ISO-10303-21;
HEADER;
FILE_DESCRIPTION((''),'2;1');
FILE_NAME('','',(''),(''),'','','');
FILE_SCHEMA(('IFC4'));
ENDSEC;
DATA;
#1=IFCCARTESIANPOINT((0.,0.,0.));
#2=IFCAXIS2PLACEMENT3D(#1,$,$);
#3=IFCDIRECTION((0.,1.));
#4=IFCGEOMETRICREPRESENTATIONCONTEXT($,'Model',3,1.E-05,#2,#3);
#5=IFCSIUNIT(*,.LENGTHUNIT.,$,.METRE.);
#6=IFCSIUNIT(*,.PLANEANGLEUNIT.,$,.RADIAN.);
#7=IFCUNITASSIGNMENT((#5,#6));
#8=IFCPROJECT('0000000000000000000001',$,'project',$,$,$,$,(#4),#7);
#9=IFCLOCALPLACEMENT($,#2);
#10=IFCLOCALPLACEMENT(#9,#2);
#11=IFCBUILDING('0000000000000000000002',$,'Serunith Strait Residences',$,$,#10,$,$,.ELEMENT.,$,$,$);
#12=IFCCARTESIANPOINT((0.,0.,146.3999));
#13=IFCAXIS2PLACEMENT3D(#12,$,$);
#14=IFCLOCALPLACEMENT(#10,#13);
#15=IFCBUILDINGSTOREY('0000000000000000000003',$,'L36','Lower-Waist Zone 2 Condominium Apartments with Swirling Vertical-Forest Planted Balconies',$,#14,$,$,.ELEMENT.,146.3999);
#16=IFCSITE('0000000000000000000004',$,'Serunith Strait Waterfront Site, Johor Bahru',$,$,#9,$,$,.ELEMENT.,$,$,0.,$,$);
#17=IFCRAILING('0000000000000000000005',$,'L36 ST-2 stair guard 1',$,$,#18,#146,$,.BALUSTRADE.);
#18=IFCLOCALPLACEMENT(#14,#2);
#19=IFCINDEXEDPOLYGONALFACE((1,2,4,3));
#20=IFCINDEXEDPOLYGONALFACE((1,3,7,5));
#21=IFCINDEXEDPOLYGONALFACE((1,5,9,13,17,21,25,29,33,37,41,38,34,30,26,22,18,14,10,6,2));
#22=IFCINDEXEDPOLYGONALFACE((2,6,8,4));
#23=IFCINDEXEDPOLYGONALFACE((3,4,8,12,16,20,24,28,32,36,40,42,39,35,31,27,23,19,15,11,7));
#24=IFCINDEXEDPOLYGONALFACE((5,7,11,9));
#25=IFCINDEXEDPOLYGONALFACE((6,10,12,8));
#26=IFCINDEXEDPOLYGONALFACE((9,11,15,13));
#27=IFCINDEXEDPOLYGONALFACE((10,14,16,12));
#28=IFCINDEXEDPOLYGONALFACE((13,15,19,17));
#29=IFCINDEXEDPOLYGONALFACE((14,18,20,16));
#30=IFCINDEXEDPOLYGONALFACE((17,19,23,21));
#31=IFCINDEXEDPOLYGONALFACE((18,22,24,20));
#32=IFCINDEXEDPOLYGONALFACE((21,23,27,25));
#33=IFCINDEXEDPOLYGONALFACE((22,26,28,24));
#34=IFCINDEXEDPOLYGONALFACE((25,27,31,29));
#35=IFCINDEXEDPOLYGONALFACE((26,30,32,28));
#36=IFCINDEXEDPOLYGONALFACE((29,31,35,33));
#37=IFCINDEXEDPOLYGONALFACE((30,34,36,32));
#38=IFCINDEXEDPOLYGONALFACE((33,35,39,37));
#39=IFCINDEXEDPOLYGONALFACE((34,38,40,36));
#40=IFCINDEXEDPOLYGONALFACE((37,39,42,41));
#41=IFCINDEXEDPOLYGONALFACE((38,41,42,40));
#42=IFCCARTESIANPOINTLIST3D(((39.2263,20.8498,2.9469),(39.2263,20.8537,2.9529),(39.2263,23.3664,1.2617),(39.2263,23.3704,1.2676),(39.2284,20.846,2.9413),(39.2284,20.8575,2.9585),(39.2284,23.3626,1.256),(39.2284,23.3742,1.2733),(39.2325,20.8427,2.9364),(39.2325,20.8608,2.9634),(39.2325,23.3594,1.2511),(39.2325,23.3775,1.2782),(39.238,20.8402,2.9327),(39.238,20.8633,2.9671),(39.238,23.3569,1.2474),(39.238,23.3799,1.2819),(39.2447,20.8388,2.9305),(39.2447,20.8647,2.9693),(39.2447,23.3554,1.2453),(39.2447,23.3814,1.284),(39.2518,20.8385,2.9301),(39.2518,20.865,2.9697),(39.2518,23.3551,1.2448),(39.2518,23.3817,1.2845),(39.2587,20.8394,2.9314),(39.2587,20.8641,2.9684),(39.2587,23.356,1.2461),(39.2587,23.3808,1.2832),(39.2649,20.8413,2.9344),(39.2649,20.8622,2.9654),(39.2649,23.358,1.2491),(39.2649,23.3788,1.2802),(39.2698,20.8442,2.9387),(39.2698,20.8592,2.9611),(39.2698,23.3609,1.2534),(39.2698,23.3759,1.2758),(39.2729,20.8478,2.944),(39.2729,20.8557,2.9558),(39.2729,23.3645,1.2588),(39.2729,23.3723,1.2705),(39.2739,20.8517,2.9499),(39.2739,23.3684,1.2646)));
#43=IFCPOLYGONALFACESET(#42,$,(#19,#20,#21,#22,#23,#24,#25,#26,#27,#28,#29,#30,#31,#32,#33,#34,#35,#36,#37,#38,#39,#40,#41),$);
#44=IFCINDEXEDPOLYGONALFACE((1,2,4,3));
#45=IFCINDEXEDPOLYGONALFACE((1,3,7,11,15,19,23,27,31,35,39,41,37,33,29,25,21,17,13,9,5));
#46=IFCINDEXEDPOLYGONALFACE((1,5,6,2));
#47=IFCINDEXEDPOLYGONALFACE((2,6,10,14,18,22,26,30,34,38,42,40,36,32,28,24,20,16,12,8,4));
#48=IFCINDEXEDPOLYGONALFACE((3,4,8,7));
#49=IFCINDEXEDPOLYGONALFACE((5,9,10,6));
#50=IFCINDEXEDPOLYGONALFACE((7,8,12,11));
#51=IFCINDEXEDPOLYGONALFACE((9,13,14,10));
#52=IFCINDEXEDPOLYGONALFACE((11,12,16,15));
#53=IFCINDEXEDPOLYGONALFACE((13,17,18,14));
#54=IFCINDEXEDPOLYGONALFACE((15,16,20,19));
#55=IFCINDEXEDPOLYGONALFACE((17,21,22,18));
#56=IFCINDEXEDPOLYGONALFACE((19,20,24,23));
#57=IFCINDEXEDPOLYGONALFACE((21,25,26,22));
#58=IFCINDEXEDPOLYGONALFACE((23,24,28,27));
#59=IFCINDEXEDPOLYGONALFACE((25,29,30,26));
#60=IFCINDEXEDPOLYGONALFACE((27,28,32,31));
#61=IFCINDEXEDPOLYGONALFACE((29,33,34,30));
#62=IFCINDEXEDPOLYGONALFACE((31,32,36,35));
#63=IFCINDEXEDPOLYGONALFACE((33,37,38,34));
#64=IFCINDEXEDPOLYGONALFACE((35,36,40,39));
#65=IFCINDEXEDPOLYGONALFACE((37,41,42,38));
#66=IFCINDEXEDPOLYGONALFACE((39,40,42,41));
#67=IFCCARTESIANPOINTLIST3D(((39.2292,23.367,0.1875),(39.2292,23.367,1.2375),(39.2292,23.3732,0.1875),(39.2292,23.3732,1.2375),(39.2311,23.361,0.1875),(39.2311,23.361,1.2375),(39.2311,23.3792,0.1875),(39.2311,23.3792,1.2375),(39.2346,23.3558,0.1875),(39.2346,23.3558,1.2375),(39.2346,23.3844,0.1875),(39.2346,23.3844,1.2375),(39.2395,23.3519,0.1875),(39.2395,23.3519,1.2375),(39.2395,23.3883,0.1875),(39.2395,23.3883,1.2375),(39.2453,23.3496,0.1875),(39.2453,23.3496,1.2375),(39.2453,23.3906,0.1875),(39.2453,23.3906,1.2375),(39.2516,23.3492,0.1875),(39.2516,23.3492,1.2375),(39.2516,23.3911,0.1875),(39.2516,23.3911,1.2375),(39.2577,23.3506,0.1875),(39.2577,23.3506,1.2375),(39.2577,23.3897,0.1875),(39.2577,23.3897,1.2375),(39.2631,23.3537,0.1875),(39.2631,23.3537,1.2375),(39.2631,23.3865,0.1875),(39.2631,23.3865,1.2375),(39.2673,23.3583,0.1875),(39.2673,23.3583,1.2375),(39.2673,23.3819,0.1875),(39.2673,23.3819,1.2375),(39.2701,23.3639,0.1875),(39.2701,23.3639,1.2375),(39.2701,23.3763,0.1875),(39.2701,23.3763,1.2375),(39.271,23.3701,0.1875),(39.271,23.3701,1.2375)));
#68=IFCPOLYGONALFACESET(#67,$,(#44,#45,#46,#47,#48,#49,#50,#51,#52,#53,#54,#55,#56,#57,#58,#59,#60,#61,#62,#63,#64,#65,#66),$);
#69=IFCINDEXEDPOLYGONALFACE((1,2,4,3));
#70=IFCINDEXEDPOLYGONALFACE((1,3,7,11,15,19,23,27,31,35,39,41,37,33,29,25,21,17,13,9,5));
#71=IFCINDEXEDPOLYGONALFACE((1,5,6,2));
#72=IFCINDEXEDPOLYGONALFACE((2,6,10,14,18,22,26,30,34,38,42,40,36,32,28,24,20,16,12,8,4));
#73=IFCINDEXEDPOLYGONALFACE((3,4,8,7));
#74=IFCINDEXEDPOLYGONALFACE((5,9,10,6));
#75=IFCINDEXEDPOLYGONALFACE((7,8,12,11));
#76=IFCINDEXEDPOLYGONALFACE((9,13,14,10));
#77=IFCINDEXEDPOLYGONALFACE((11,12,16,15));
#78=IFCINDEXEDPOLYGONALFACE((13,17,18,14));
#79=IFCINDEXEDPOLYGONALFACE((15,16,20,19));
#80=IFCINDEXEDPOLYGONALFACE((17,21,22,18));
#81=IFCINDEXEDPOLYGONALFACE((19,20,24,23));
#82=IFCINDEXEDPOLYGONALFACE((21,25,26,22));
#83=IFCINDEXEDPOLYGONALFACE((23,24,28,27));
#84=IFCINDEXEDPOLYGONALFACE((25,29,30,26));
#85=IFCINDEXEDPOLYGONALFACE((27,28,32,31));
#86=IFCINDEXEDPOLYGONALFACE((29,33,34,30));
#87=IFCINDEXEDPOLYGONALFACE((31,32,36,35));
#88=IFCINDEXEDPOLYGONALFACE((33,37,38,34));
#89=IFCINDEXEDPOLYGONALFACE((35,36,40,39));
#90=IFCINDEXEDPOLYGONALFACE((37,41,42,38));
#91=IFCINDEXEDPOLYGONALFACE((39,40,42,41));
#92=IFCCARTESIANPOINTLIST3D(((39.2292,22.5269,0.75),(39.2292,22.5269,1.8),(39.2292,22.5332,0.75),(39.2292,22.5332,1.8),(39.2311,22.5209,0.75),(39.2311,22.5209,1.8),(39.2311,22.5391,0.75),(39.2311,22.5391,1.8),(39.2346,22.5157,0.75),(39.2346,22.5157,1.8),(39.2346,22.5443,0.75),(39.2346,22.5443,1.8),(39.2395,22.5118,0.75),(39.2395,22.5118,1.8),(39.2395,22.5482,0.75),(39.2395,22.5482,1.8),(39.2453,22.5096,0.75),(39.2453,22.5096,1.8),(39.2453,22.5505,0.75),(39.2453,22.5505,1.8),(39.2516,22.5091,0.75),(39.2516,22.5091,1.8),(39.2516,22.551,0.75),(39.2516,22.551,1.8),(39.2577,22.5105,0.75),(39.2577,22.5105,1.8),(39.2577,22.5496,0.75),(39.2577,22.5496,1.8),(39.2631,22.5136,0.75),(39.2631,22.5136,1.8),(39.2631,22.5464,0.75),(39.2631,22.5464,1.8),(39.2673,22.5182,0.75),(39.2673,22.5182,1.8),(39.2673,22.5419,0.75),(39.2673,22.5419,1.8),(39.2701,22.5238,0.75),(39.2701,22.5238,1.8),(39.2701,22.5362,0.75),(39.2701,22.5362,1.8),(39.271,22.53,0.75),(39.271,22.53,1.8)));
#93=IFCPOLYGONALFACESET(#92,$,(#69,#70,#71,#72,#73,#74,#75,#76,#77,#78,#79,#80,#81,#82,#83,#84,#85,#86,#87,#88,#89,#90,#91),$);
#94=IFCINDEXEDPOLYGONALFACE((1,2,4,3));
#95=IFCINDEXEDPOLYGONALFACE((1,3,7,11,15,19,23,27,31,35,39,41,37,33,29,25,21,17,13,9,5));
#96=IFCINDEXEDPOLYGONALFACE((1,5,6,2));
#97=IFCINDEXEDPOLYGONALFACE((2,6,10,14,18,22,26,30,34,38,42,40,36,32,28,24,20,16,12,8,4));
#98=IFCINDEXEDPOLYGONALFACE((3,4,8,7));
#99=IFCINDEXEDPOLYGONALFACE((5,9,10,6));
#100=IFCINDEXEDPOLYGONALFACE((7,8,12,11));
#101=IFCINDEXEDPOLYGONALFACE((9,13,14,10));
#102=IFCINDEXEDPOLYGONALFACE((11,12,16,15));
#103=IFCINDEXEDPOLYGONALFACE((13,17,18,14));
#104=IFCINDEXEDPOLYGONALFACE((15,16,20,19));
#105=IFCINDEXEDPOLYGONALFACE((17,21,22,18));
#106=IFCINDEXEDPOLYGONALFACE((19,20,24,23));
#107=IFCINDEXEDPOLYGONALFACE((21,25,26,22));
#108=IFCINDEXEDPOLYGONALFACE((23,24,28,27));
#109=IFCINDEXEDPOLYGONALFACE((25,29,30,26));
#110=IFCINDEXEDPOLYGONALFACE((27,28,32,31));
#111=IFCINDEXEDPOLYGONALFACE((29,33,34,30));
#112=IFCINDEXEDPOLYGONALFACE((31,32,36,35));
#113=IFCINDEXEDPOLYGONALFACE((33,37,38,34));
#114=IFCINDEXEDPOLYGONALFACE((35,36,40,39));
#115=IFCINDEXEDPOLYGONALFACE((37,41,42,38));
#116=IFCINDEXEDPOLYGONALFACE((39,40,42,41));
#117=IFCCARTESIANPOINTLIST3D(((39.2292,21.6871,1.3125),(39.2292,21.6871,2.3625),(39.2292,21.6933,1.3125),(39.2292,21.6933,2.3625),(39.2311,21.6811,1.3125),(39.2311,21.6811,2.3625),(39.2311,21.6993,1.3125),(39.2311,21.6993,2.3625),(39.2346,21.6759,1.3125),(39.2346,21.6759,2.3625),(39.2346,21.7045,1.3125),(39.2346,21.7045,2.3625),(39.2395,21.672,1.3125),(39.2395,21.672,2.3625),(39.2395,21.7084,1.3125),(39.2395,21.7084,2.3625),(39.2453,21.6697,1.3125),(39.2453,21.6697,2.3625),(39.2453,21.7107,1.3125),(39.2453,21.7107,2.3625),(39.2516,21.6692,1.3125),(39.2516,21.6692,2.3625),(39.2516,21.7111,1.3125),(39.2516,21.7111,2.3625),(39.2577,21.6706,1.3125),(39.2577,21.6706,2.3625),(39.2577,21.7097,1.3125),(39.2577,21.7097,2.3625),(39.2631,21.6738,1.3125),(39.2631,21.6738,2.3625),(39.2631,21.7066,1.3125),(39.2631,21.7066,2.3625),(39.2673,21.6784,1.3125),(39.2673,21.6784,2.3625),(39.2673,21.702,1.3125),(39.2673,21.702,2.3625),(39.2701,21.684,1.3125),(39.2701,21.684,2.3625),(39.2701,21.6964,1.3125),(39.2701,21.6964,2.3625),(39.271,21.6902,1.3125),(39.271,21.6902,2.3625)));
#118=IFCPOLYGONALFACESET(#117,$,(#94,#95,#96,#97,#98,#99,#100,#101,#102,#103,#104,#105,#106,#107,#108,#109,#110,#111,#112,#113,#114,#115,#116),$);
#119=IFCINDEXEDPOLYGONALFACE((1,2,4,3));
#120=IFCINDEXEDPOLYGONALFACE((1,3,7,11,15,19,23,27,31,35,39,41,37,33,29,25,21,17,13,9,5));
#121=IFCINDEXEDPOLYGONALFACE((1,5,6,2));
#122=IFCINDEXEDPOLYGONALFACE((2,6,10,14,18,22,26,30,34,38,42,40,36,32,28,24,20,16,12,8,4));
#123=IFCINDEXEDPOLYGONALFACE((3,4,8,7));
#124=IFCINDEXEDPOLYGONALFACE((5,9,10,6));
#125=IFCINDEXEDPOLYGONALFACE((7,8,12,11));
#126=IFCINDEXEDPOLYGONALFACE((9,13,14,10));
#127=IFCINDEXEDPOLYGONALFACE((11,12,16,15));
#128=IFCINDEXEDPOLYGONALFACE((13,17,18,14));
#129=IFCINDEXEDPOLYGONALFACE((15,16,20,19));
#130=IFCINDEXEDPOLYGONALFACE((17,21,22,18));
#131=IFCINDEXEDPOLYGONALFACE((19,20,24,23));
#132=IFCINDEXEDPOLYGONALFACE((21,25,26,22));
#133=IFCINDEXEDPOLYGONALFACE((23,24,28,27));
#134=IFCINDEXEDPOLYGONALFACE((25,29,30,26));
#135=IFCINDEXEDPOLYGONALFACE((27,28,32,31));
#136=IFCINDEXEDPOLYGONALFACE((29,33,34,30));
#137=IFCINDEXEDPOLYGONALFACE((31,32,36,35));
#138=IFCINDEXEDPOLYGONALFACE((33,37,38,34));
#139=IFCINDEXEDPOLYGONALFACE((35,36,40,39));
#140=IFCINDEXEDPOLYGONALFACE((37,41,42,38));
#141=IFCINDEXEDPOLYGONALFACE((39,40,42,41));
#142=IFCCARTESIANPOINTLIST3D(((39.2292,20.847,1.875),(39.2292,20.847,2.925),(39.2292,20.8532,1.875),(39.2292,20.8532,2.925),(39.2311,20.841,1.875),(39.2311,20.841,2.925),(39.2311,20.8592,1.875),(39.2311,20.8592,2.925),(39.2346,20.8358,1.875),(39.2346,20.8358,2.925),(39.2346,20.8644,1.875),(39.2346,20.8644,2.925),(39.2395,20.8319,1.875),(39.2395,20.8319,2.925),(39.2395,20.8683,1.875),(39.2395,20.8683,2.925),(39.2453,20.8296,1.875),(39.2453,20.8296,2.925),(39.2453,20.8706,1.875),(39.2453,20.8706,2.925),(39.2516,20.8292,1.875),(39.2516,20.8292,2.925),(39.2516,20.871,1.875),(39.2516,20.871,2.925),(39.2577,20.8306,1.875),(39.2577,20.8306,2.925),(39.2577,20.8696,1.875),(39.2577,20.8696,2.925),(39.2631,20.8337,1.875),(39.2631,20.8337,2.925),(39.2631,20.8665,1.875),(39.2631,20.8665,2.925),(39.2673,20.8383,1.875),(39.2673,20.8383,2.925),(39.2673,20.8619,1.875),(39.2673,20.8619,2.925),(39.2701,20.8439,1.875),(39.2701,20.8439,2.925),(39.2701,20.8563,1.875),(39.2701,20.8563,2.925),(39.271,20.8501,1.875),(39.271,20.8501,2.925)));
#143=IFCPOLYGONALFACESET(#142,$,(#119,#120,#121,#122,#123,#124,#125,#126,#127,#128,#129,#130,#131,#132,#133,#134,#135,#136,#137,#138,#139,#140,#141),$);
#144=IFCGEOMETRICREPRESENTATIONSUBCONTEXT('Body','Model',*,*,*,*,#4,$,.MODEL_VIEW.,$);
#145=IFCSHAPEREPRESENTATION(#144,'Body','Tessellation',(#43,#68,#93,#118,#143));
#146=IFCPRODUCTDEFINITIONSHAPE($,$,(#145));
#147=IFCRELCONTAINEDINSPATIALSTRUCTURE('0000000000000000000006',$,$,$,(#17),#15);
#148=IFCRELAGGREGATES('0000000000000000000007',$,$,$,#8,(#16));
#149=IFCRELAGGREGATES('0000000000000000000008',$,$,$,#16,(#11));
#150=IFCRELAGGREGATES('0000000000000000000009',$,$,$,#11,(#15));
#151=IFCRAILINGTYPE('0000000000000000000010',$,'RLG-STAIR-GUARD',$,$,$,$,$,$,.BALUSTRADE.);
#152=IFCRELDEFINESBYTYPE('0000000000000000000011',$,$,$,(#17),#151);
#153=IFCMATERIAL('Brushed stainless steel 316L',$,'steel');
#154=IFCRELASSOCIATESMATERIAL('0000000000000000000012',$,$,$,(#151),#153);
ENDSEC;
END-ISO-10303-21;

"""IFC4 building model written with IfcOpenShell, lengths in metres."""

from ifc_helpers import new_model, si_unit, direction, frame, origin, origin_2d, place, context, subcontext, project, spatial, circle, extrude, material, type_object, element, save


model = new_model("IFC4")

# Units and contexts
model_context = context("Model", 3, precision=1e-05, world=origin(), true_north=direction((0.0, 1.0)))
body_context = subcontext(model_context, "Body", "Model", "MODEL_VIEW")
ifc_project = project(units=[si_unit("LENGTHUNIT", "METRE"), si_unit("PLANEANGLEUNIT", "RADIAN")], contexts=[model_context])

# Site, building, storey
site_placement = place(None, origin())
site = spatial("IfcSite", under=ifc_project, at=site_placement, Name="Serunith Strait Waterfront Site, Johor Bahru", CompositionType="ELEMENT", RefElevation=0.0)
building_placement = place(site_placement, origin())
building = spatial("IfcBuilding", under=site, at=building_placement, Name="Serunith Strait Residences", CompositionType="ELEMENT")
storey_placement = place(building_placement, frame((0.0, 0.0, 146.3999)))
storey = spatial("IfcBuildingStorey", under=building, at=storey_placement, Name="L36", Description="Lower-Waist Zone 2 Condominium Apartments with Swirling Vertical-Forest Planted Balconies", CompositionType="ELEMENT", Elevation=146.3999)

# Railing
ifc_material_1 = material(Name="Brushed stainless steel 316L", Category="steel")
railing_type_1 = type_object("IfcRailingType", Name="RLG-STAIR-GUARD", PredefinedType="BALUSTRADE", material=ifc_material_1)
railing_1_placement = place(storey_placement, frame((39.25, 23.3701, 0.1875)))
element("IfcRailing", 1, at=railing_1_placement, inside=storey, type_object=railing_type_1, Name="L36 ST-2 stair guard 1", PredefinedType="BALUSTRADE", context=body_context, shape_type="SweptSolid", body=[
    extrude(circle(Radius=0.0239, at=origin_2d()), frame((0.0, -0.0017, 1.0771), z_axis=(0.0, -0.830909, 0.556408), x_axis=(1.0, 0.0, 0.0)), (0.0, 0.0, 1.0), 3.0288),
    extrude(circle(Radius=0.021, at=origin_2d()), origin(), (0.0, 0.0, 1.0), 1.05),
    extrude(circle(Radius=0.021, at=origin_2d()), frame((0.0, -0.8401, 0.5625)), (0.0, 0.0, 1.0), 1.05),
    extrude(circle(Radius=0.021, at=origin_2d()), frame((0.0, -1.6799, 1.125)), (0.0, 0.0, 1.0), 1.05),
    extrude(circle(Radius=0.021, at=origin_2d()), frame((0.0, -2.52, 1.6875)), (0.0, 0.0, 1.0), 1.05),
])

save(model, "model.ifc")
